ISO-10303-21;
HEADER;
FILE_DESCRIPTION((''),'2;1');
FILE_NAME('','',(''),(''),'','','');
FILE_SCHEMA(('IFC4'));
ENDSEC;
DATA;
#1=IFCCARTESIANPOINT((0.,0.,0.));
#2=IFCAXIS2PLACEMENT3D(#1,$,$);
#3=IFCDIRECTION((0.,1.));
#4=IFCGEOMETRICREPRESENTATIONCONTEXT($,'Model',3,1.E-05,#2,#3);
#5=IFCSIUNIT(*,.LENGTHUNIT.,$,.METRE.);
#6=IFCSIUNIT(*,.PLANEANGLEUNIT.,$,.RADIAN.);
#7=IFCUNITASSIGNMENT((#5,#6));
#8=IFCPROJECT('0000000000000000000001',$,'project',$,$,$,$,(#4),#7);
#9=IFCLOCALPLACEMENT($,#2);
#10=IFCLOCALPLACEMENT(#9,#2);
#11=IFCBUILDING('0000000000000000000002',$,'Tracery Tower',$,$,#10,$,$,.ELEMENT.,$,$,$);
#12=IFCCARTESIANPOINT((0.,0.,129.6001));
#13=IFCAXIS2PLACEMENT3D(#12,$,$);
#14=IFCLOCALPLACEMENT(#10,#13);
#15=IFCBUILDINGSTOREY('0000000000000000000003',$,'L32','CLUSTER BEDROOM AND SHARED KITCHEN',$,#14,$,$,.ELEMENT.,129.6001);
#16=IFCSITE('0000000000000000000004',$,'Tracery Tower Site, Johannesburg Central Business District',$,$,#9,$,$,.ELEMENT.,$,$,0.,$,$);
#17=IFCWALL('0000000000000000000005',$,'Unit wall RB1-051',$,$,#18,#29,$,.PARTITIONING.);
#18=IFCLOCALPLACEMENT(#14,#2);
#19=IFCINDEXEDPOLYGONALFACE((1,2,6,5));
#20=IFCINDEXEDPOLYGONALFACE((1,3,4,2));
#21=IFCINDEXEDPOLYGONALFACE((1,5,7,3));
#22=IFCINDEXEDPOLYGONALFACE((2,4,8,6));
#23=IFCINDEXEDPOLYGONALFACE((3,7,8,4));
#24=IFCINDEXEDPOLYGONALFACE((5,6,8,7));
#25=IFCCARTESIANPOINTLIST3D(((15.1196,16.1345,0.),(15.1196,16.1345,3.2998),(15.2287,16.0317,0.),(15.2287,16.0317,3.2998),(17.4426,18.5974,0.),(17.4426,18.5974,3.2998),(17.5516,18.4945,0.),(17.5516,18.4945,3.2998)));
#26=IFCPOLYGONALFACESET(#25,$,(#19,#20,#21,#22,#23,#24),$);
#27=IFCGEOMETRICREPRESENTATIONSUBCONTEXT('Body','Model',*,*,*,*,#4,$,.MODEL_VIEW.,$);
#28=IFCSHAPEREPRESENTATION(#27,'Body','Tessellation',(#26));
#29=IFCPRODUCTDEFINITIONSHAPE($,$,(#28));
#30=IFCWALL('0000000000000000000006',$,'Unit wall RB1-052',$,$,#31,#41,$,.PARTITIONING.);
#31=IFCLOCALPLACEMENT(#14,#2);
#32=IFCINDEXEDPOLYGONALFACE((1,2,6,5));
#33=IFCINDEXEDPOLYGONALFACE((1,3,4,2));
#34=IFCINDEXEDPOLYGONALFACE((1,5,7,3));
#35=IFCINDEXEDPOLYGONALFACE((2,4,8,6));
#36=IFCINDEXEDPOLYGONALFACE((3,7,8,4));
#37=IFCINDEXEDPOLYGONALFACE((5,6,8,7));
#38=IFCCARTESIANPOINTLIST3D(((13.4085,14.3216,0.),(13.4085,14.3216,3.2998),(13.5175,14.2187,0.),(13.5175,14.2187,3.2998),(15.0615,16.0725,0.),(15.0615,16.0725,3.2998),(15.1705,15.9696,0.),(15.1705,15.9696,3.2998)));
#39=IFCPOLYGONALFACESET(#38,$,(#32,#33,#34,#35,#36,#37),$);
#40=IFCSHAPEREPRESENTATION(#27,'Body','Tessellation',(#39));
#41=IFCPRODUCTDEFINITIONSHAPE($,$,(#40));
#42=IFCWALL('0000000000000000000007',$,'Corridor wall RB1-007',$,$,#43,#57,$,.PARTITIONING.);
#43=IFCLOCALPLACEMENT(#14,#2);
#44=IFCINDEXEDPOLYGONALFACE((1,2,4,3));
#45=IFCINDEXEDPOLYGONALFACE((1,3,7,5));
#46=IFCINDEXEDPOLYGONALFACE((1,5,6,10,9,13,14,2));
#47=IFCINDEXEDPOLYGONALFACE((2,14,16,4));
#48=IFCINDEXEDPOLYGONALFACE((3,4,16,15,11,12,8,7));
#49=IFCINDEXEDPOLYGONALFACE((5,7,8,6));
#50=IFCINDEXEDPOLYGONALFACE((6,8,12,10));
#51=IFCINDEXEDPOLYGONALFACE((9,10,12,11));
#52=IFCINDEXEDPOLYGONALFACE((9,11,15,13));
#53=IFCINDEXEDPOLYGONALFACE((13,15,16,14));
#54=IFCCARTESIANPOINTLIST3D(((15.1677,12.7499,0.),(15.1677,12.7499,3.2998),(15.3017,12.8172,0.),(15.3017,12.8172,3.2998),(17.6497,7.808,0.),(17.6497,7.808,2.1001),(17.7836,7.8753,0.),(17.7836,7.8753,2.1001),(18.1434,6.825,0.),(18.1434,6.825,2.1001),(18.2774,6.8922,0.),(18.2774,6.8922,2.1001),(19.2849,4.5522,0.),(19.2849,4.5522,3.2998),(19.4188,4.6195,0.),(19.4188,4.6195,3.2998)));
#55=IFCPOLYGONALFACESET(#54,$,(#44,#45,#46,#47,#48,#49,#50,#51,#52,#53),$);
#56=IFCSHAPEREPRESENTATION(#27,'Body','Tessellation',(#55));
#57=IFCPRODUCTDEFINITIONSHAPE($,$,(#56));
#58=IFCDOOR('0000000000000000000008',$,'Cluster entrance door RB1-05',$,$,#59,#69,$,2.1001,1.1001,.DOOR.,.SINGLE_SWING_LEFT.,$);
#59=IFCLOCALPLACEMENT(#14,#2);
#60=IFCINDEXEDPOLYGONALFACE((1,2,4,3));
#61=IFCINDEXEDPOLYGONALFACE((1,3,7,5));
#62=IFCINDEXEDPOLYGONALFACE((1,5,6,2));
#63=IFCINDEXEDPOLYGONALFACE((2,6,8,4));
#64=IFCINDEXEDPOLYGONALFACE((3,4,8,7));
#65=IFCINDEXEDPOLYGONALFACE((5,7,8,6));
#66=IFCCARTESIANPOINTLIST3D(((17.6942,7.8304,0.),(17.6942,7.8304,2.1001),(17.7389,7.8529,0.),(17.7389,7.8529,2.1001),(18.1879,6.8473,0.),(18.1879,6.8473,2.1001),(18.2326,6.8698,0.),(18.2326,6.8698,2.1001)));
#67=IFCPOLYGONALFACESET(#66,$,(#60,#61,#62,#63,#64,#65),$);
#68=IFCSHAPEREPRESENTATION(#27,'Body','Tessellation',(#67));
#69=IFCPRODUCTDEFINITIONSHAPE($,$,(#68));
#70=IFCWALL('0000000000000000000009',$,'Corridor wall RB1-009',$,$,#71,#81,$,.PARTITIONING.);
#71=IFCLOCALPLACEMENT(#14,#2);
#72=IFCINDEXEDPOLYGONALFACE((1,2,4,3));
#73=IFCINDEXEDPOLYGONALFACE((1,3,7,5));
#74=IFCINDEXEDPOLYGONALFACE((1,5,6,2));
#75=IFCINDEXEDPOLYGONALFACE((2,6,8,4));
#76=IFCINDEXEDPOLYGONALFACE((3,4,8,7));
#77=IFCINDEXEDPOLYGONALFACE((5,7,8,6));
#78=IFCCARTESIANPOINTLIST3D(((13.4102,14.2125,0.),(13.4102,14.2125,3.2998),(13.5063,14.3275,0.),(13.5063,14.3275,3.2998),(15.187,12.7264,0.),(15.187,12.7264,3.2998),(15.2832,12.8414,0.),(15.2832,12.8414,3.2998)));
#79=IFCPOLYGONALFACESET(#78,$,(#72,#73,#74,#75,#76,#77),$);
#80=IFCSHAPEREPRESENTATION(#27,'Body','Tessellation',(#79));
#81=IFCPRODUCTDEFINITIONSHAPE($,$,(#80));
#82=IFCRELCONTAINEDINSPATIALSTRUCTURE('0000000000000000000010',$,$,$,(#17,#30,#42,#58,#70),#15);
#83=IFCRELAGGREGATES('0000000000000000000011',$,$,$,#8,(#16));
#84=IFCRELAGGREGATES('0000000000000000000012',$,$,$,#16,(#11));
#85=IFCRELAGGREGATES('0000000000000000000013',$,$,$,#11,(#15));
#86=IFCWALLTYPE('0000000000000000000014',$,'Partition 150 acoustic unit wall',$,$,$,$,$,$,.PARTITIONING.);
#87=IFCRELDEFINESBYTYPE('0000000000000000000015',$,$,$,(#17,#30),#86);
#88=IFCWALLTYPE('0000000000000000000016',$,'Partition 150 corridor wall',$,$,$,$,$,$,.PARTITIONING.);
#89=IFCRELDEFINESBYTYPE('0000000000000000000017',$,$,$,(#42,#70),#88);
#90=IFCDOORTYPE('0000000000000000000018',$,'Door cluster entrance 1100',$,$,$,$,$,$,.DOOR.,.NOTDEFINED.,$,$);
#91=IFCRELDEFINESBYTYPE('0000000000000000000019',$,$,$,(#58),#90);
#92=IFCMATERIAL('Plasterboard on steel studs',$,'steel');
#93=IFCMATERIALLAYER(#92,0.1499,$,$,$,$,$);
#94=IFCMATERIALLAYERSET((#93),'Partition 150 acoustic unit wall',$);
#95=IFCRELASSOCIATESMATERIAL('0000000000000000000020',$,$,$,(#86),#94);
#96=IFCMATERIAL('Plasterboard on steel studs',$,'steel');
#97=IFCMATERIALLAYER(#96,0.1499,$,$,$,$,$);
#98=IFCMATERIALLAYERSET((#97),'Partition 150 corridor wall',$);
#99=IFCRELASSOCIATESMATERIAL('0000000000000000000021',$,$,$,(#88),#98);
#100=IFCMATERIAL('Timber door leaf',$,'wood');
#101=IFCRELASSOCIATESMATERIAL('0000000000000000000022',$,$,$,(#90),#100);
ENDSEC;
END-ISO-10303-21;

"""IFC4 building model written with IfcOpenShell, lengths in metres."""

from ifc_helpers import new_model, si_unit, direction, frame, frame_2d, origin, place, context, subcontext, project, spatial, rectangle, extrude, material, layer, layer_set, type_object, element, fill, save


model = new_model("IFC4")

# Units and contexts
model_context = context("Model", 3, precision=1e-05, world=origin(), true_north=direction((0.0, 1.0)))
body_context = subcontext(model_context, "Body", "Model", "MODEL_VIEW")
ifc_project = project(units=[si_unit("LENGTHUNIT", "METRE"), si_unit("PLANEANGLEUNIT", "RADIAN")], contexts=[model_context])

# Site, building, storey
site_placement = place(None, origin())
site = spatial("IfcSite", under=ifc_project, at=site_placement, Name="Tracery Tower Site, Johannesburg Central Business District", CompositionType="ELEMENT", RefElevation=0.0)
building_placement = place(site_placement, origin())
building = spatial("IfcBuilding", under=site, at=building_placement, Name="Tracery Tower", CompositionType="ELEMENT")
storey_placement = place(building_placement, frame((0.0, 0.0, 129.6001)))
storey = spatial("IfcBuildingStorey", under=building, at=storey_placement, Name="L32", Description="CLUSTER BEDROOM AND SHARED KITCHEN", CompositionType="ELEMENT", Elevation=129.6001)

# Walls
ifc_material_1 = material(Name="Plasterboard on steel studs", Category="steel")
ifc_layer_1 = layer(ifc_material_1, 0.1499)
ifc_layer_set_1 = layer_set([ifc_layer_1], Name="Partition 150 acoustic unit wall")
wall_type_1 = type_object("IfcWallType", Name="Partition 150 acoustic unit wall", PredefinedType="PARTITIONING", material=ifc_layer_set_1)
wall_1_placement = place(storey_placement, frame((15.1741, 16.083, 0.0), z_axis=(0.0, 0.0, 1.0), x_axis=(0.686145, 0.727465, 0.0)))
element("IfcWall", 1, at=wall_1_placement, inside=storey, type_object=wall_type_1, Name="Unit wall RB1-051", PredefinedType="PARTITIONING", context=body_context, shape_type="SweptSolid", body=[
    extrude(rectangle(XDim=3.3855, YDim=0.1499, at=frame_2d((1.6929, 0.0))), origin(), (0.0, 0.0, 1.0), 3.2998),
])
wall_2_placement = place(storey_placement, frame((13.4629, 14.27, 0.0), z_axis=(0.0, 0.0, 1.0), x_axis=(0.686487, 0.727142, 0.0)))
element("IfcWall", 2, at=wall_2_placement, inside=storey, type_object=wall_type_1, Name="Unit wall RB1-052", PredefinedType="PARTITIONING", context=body_context, shape_type="SweptSolid", body=[
    extrude(rectangle(XDim=2.408, YDim=0.1499, at=frame_2d((1.2041, 0.0))), origin(), (0.0, 0.0, 1.0), 3.2998),
])

# Wall, opening, door
ifc_material_2 = material(Name="Plasterboard on steel studs", Category="steel")
ifc_layer_2 = layer(ifc_material_2, 0.1499)
ifc_layer_set_2 = layer_set([ifc_layer_2], Name="Partition 150 corridor wall")
wall_type_2 = type_object("IfcWallType", Name="Partition 150 corridor wall", PredefinedType="PARTITIONING", material=ifc_layer_set_2)
wall_3_placement = place(storey_placement, frame((15.2346, 12.7837, 0.0), z_axis=(0.0, 0.0, 1.0), x_axis=(0.44881, -0.893627, 0.0)))
wall_3 = element("IfcWall", 3, at=wall_3_placement, inside=storey, type_object=wall_type_2, Name="Corridor wall RB1-007", PredefinedType="PARTITIONING", context=body_context, shape_type="SweptSolid", body=[
    extrude(rectangle(XDim=9.1736, YDim=0.1499, at=frame_2d((4.5869, 0.0))), origin(), (0.0, 0.0, 1.0), 3.2998),
])
opening_1_placement = place(wall_3_placement, frame((5.5303, 0.0, 0.0)))
opening_1 = element("IfcOpeningElement", 4, at=opening_1_placement, cuts=wall_3, PredefinedType="OPENING", context=body_context, shape_type="SweptSolid", body=[
    extrude(rectangle(XDim=1.1001, YDim=2.1001, at=frame_2d((0.55, 1.05))), frame((0.0, 0.075, 0.0), z_axis=(0.0, -1.0, 0.0), x_axis=(1.0, 0.0, 0.0)), (0.0, 0.0, 1.0), 0.1499),
])
ifc_material_3 = material(Name="Timber door leaf", Category="wood")
door_type_1 = type_object("IfcDoorType", Name="Door cluster entrance 1100", OperationType="NOTDEFINED", PredefinedType="DOOR", material=ifc_material_3)
door_1_placement = place(opening_1_placement, origin())
door_1 = element("IfcDoor", 5, at=door_1_placement, inside=storey, type_object=door_type_1, Name="Cluster entrance door RB1-05", OperationType="SINGLE_SWING_LEFT", OverallHeight=2.1001, OverallWidth=1.1001, PredefinedType="DOOR", context=body_context, shape_type="SweptSolid", body=[
    extrude(rectangle(XDim=1.1001, YDim=2.1001, at=frame_2d((0.55, 1.05))), frame((0.0, 0.0249, 0.0), z_axis=(0.0, -1.0, 0.0), x_axis=(1.0, 0.0, 0.0)), (0.0, 0.0, 1.0), 0.05),
])
fill(opening_1, door_1)

# Wall
wall_4_placement = place(storey_placement, frame((13.4583, 14.27, 0.0), z_axis=(0.0, 0.0, 1.0), x_axis=(0.76708, -0.641552, 0.0)))
element("IfcWall", 6, at=wall_4_placement, inside=storey, type_object=wall_type_2, Name="Corridor wall RB1-009", PredefinedType="PARTITIONING", context=body_context, shape_type="SweptSolid", body=[
    extrude(rectangle(XDim=2.3164, YDim=0.1499, at=frame_2d((1.1582, 0.0))), origin(), (0.0, 0.0, 1.0), 3.2998),
])

save(model, "model.ifc")
